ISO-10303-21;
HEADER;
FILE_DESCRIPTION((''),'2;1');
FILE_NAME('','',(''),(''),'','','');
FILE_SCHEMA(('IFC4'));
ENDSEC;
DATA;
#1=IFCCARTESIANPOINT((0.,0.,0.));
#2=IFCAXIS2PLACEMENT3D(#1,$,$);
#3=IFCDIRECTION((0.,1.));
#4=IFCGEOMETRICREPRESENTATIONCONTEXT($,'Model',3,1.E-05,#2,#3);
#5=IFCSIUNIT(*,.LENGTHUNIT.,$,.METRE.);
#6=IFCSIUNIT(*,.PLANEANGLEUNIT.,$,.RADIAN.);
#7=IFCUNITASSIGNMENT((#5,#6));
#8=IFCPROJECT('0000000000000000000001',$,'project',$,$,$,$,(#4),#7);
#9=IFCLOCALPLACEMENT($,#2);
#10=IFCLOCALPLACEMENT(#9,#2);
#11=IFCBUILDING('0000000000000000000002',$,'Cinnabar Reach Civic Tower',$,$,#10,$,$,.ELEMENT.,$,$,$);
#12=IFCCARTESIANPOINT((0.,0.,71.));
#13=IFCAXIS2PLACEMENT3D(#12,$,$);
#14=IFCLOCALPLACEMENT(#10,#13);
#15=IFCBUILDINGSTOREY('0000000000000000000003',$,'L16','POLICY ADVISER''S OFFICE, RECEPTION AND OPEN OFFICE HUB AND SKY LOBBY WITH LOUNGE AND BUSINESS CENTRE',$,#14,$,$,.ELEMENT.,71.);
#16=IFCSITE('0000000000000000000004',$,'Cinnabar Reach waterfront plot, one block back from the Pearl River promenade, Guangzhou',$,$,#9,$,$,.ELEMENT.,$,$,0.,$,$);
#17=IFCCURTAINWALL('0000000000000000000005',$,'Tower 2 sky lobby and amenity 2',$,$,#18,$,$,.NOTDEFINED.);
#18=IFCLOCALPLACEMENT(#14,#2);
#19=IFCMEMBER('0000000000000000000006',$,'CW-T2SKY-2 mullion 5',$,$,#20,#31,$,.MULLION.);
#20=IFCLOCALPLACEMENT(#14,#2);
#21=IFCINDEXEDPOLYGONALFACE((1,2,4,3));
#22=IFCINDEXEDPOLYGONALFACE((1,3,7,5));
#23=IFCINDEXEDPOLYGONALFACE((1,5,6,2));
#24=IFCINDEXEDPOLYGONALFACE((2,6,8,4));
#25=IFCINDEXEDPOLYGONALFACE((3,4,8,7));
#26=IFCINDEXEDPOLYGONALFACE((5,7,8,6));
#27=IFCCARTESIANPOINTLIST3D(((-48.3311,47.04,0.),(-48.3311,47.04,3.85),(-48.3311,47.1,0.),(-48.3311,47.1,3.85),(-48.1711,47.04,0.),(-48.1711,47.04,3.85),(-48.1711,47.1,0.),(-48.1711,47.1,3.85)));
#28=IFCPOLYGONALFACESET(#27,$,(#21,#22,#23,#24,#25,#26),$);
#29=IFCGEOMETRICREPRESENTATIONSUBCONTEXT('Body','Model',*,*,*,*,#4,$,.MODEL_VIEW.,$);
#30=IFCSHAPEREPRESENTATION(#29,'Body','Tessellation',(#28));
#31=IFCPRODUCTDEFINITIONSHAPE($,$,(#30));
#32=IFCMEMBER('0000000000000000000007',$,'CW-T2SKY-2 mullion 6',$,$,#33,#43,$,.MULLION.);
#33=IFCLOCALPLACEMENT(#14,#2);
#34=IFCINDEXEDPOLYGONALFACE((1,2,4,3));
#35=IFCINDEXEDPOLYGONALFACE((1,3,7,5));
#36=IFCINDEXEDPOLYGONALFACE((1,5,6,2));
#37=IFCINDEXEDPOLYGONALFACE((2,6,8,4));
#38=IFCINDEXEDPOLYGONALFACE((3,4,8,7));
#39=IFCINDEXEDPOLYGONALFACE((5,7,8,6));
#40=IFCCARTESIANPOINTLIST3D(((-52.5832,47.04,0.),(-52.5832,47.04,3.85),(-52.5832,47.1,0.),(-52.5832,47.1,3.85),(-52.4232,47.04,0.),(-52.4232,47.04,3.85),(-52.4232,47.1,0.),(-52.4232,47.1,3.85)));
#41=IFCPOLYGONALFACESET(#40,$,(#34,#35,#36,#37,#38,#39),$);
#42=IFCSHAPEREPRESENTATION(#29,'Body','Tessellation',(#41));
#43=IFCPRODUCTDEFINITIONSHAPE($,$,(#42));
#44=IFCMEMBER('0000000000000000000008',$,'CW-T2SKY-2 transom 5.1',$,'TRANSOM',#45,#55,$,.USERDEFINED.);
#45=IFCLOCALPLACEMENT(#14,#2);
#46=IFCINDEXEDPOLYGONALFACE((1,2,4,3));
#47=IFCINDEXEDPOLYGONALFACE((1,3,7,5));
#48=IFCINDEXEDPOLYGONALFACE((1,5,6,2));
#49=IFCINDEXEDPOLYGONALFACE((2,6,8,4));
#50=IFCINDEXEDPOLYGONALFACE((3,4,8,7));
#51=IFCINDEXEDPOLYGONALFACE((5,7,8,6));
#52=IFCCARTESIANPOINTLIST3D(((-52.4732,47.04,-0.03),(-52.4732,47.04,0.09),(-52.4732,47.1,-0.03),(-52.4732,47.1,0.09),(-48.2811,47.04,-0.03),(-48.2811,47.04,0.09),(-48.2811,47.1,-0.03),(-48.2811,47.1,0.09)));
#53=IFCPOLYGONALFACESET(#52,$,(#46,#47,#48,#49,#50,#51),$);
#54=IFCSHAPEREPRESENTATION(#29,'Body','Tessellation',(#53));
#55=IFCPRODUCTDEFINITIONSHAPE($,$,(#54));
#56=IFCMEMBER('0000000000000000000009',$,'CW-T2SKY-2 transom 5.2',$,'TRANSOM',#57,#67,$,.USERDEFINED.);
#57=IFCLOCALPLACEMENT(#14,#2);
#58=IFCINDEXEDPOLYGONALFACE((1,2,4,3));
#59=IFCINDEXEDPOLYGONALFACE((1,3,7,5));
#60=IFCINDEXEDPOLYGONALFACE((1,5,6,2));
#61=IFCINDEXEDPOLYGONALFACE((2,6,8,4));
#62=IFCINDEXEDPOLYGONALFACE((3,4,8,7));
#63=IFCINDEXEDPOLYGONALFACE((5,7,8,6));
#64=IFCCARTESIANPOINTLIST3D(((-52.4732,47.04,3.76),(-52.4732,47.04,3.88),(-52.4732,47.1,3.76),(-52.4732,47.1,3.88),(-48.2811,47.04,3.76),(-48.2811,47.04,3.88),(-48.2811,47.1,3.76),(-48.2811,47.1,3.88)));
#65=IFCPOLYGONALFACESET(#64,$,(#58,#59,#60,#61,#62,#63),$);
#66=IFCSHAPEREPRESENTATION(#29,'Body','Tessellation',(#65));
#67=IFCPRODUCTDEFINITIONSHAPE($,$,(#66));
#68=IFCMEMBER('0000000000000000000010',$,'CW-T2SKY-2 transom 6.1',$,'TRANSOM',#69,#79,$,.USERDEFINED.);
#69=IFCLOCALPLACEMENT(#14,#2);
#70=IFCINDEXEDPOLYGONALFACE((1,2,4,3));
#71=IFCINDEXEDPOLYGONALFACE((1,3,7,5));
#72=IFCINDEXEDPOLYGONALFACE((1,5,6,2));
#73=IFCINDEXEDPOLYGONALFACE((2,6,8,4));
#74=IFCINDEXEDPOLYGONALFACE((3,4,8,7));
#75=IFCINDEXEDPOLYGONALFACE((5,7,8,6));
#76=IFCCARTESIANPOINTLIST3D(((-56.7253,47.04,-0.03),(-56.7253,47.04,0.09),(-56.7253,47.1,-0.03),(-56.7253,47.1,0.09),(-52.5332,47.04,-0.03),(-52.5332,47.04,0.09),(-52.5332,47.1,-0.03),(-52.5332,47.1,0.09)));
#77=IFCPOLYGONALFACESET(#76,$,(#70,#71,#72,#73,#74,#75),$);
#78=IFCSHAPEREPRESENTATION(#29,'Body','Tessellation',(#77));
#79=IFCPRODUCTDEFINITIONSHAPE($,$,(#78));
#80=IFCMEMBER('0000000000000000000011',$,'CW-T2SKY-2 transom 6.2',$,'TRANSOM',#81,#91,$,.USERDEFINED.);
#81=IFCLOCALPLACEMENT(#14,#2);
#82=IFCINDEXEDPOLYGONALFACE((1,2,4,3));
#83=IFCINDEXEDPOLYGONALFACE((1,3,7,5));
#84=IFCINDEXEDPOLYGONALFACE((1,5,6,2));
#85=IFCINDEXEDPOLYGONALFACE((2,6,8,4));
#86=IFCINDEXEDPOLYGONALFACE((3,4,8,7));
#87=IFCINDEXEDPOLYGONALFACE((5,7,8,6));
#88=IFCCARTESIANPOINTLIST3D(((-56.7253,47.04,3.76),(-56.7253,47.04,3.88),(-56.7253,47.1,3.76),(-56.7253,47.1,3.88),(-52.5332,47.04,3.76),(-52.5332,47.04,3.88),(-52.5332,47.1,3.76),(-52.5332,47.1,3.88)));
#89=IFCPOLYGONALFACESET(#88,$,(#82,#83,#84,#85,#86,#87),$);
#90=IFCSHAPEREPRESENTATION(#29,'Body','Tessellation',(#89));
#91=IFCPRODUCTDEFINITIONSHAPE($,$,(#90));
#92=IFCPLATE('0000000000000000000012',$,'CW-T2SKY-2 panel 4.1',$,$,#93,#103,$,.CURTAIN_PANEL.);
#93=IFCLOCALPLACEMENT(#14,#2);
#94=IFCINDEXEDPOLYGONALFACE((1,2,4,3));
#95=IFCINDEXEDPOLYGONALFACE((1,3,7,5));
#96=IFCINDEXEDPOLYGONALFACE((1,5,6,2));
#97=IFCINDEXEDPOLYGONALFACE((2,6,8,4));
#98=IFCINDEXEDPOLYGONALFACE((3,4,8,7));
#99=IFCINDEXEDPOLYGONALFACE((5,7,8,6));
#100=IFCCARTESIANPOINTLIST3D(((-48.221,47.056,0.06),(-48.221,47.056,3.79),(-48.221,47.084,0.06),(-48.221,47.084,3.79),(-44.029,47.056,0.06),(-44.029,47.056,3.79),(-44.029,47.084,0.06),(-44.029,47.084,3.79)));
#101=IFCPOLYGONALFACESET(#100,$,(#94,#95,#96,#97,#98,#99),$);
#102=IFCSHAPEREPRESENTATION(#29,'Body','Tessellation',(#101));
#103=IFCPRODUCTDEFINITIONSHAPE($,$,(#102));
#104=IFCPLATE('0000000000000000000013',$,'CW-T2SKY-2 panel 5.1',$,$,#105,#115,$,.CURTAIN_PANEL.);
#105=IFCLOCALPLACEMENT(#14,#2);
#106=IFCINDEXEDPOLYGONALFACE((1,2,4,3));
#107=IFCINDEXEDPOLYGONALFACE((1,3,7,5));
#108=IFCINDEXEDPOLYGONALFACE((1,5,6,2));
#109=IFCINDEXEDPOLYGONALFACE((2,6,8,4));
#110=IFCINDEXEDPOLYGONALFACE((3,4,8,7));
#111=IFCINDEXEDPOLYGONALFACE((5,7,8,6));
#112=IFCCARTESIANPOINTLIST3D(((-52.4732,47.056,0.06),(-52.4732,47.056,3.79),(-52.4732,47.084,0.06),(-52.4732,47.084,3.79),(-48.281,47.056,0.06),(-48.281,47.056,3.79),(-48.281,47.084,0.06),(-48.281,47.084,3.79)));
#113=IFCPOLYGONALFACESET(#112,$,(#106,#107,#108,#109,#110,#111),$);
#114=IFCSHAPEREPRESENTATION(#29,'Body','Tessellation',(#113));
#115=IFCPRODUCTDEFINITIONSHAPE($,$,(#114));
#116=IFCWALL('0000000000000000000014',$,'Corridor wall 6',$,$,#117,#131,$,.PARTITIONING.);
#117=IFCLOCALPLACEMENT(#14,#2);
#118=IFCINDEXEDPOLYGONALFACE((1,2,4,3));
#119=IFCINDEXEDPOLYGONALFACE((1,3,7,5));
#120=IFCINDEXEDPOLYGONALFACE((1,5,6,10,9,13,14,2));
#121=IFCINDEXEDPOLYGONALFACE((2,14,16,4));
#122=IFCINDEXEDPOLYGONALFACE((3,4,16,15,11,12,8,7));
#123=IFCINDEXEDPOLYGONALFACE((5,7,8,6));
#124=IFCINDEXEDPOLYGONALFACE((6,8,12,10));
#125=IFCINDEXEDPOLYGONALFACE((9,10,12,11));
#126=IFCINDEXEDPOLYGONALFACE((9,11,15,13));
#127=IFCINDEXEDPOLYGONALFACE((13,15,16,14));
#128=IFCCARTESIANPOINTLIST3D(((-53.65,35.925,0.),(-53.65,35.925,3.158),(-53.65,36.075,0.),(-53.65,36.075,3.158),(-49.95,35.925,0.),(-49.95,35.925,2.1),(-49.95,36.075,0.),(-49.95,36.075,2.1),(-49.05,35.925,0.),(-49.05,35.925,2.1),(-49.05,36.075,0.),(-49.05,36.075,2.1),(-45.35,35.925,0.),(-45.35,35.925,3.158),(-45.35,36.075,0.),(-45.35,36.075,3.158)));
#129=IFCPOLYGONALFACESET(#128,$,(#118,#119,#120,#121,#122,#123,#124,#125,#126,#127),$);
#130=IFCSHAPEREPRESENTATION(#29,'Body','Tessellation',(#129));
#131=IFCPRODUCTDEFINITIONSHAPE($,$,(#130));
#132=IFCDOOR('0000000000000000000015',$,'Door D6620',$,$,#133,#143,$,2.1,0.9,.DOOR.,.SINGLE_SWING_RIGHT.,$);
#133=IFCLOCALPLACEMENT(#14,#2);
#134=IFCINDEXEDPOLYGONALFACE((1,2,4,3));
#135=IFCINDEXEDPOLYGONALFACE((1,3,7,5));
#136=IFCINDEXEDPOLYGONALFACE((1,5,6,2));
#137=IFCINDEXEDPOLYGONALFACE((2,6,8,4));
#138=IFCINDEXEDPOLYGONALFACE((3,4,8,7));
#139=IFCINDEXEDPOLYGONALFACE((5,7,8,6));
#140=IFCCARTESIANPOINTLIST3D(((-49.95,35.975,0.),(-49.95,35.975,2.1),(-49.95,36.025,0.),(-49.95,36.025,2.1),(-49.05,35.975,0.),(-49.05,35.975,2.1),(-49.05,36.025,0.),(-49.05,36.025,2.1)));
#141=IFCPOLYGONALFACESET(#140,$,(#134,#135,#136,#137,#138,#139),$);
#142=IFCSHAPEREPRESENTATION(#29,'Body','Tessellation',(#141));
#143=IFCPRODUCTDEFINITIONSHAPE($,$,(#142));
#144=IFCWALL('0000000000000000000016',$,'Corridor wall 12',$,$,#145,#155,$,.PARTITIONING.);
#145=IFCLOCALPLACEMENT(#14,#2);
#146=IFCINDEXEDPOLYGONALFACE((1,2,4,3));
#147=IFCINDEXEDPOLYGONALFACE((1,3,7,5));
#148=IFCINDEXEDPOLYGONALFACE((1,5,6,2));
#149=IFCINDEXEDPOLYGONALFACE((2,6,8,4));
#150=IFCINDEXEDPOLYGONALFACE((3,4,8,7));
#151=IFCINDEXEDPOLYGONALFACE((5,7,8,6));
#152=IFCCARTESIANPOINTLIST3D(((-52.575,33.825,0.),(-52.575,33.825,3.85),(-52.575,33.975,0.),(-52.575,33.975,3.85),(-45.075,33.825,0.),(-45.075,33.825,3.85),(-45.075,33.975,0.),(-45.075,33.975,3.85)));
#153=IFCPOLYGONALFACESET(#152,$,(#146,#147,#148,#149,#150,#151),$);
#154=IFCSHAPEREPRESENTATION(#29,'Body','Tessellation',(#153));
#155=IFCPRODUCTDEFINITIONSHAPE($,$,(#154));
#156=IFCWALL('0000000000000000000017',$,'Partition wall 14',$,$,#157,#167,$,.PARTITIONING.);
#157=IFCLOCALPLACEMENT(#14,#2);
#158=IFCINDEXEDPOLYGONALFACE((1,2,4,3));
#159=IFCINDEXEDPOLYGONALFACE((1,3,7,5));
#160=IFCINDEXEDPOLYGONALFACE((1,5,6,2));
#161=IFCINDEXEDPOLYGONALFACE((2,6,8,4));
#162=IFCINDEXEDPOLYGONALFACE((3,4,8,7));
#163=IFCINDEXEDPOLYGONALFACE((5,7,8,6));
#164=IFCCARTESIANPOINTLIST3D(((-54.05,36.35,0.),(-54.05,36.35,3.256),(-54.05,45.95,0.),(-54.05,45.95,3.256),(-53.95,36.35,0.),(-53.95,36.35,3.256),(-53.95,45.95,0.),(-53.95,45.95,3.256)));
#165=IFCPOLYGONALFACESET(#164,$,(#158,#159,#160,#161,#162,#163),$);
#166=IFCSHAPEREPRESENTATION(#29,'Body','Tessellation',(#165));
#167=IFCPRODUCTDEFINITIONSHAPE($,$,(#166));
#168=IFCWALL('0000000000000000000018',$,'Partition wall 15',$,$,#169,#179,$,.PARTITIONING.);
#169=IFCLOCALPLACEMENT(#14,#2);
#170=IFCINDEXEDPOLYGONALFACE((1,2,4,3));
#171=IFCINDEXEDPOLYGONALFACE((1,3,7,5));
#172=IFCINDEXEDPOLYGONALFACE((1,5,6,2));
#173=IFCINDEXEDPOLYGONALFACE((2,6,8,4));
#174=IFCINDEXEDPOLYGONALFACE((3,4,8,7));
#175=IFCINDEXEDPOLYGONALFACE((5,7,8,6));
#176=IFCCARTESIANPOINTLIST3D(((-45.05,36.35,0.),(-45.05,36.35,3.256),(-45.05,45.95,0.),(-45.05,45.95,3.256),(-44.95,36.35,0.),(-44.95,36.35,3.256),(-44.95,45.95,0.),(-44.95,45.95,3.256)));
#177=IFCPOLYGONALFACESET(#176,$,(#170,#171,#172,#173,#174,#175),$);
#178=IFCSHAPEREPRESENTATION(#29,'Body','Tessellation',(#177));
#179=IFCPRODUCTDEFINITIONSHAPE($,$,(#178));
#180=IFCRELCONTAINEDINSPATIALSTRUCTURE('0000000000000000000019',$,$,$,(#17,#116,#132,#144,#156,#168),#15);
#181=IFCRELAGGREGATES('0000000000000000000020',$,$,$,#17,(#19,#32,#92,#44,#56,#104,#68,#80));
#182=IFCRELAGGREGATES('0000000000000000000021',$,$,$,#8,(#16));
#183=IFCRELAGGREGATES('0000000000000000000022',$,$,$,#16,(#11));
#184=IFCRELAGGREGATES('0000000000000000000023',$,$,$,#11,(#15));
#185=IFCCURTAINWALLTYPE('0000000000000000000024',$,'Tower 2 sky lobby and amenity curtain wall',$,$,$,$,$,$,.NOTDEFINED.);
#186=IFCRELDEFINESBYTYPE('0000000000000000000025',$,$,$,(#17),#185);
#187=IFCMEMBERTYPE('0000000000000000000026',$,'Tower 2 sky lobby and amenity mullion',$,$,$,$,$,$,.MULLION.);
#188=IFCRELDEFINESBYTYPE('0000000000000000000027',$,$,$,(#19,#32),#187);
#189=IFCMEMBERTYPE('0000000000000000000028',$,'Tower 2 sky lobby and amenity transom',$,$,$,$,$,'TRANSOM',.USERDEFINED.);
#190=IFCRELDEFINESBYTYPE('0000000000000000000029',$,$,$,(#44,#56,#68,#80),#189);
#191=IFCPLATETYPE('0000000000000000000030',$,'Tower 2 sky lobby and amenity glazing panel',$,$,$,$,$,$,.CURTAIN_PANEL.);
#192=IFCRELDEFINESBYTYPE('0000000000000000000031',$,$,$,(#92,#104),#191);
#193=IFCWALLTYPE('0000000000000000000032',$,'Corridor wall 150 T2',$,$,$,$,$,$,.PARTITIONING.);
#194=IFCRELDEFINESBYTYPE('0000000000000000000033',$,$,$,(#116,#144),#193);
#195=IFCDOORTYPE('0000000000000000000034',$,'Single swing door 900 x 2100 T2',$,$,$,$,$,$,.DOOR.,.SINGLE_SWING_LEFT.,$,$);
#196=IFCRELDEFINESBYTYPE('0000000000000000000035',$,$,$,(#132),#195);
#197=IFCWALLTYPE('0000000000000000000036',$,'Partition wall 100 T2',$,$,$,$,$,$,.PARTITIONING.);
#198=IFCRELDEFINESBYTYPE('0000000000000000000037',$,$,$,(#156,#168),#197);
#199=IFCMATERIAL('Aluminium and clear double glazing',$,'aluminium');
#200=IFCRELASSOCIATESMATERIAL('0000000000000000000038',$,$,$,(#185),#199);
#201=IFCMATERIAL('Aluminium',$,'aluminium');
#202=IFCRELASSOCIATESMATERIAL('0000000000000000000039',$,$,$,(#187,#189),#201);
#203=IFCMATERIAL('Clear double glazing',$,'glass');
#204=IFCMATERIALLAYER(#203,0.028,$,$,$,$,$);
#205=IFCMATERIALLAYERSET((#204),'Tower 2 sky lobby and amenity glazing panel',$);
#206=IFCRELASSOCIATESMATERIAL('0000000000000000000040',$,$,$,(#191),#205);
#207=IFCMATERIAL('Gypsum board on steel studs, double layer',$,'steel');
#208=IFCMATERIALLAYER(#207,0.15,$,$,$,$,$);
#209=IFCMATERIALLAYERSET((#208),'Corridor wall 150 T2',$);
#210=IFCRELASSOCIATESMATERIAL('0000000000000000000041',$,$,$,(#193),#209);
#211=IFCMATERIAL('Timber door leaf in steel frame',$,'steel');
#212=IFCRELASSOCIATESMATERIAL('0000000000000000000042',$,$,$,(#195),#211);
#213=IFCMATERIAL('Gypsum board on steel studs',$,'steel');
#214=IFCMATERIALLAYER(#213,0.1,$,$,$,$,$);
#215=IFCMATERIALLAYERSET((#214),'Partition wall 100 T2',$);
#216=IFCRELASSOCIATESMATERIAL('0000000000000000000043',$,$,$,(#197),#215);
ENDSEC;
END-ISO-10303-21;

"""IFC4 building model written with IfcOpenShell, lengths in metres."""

from ifc_helpers import new_model, si_unit, direction, frame, frame_2d, origin, origin_2d, place, context, subcontext, project, spatial, rectangle, extrude, material, layer, layer_set, material_profile, profile_set, type_object, element, fill, aggregate, save


model = new_model("IFC4")

# Units and contexts
model_context = context("Model", 3, precision=1e-05, world=origin(), true_north=direction((0.0, 1.0)))
body_context = subcontext(model_context, "Body", "Model", "MODEL_VIEW")
ifc_project = project(units=[si_unit("LENGTHUNIT", "METRE"), si_unit("PLANEANGLEUNIT", "RADIAN")], contexts=[model_context])

# Site, building, storey
site_placement = place(None, origin())
site = spatial("IfcSite", under=ifc_project, at=site_placement, Name="Cinnabar Reach waterfront plot, one block back from the Pearl River promenade, Guangzhou", CompositionType="ELEMENT", RefElevation=0.0)
building_placement = place(site_placement, origin())
building = spatial("IfcBuilding", under=site, at=building_placement, Name="Cinnabar Reach Civic Tower", CompositionType="ELEMENT")
storey_placement = place(building_placement, frame((0.0, 0.0, 71.0)))
storey = spatial("IfcBuildingStorey", under=building, at=storey_placement, Name="L16", Description="POLICY ADVISER'S OFFICE, RECEPTION AND OPEN OFFICE HUB AND SKY LOBBY WITH LOUNGE AND BUSINESS CENTRE", CompositionType="ELEMENT", Elevation=71.0)

# Curtain wall, members, plates
ifc_material_1 = material(Name="Aluminium and clear double glazing", Category="aluminium")
curtain_wall_type = type_object("IfcCurtainWallType", Name="Tower 2 sky lobby and amenity curtain wall", PredefinedType="NOTDEFINED", material=ifc_material_1)
curtain_wall_placement = place(storey_placement, origin())
curtain_wall = element("IfcCurtainWall", 1, at=curtain_wall_placement, inside=storey, type_object=curtain_wall_type, Name="Tower 2 sky lobby and amenity 2", PredefinedType="NOTDEFINED")
ifc_material_2 = material(Name="Aluminium", Category="aluminium")
ifc_material_profile_1 = material_profile(ifc_material_2, rectangle(XDim=0.06, YDim=0.16, at=origin_2d()), Name="Tower 2 sky lobby and amenity mullion")
ifc_profile_set_1 = profile_set([ifc_material_profile_1], Name="Aluminium")
member_type_1 = type_object("IfcMemberType", Name="Tower 2 sky lobby and amenity mullion", PredefinedType="MULLION", material=ifc_profile_set_1)
member_1_placement = place(storey_placement, frame((-48.2511, 47.07, 0.0), z_axis=(0.0, 0.0, 1.0), x_axis=(0.0, -1.0, 0.0)))
member_1 = element("IfcMember", 2, at=member_1_placement, type_object=member_type_1, Name="CW-T2SKY-2 mullion 5", PredefinedType="MULLION", context=body_context, shape_type="SweptSolid", body=[
    extrude(rectangle(XDim=0.06, YDim=0.16, at=origin_2d()), origin(), (0.0, 0.0, 1.0), 3.85),
])
member_2_placement = place(storey_placement, frame((-52.5032, 47.07, 0.0), z_axis=(0.0, 0.0, 1.0), x_axis=(0.0, -1.0, 0.0)))
member_2 = element("IfcMember", 3, at=member_2_placement, type_object=member_type_1, Name="CW-T2SKY-2 mullion 6", PredefinedType="MULLION", context=body_context, shape_type="SweptSolid", body=[
    extrude(rectangle(XDim=0.06, YDim=0.16, at=origin_2d()), origin(), (0.0, 0.0, 1.0), 3.85),
])
ifc_material_profile_2 = material_profile(ifc_material_2, rectangle(XDim=0.06, YDim=0.12, at=origin_2d()), Name="Tower 2 sky lobby and amenity transom")
ifc_profile_set_2 = profile_set([ifc_material_profile_2], Name="Aluminium")
member_type_2 = type_object("IfcMemberType", Name="Tower 2 sky lobby and amenity transom", ElementType="TRANSOM", PredefinedType="USERDEFINED", material=ifc_profile_set_2)
member_3_placement = place(storey_placement, frame((-48.2811, 47.07, 0.03), z_axis=(-1.0, 0.0, 0.0), x_axis=(0.0, -1.0, 0.0)))
member_3 = element("IfcMember", 4, at=member_3_placement, type_object=member_type_2, Name="CW-T2SKY-2 transom 5.1", ObjectType="TRANSOM", PredefinedType="USERDEFINED", context=body_context, shape_type="SweptSolid", body=[
    extrude(rectangle(XDim=0.06, YDim=0.12, at=origin_2d()), origin(), (0.0, 0.0, 1.0), 4.1921),
])
member_4_placement = place(storey_placement, frame((-48.2811, 47.07, 3.82), z_axis=(-1.0, 0.0, 0.0), x_axis=(0.0, -1.0, 0.0)))
member_4 = element("IfcMember", 5, at=member_4_placement, type_object=member_type_2, Name="CW-T2SKY-2 transom 5.2", ObjectType="TRANSOM", PredefinedType="USERDEFINED", context=body_context, shape_type="SweptSolid", body=[
    extrude(rectangle(XDim=0.06, YDim=0.12, at=origin_2d()), origin(), (0.0, 0.0, 1.0), 4.1921),
])
member_5_placement = place(storey_placement, frame((-52.5332, 47.07, 0.03), z_axis=(-1.0, 0.0, 0.0), x_axis=(0.0, -1.0, 0.0)))
member_5 = element("IfcMember", 6, at=member_5_placement, type_object=member_type_2, Name="CW-T2SKY-2 transom 6.1", ObjectType="TRANSOM", PredefinedType="USERDEFINED", context=body_context, shape_type="SweptSolid", body=[
    extrude(rectangle(XDim=0.06, YDim=0.12, at=origin_2d()), origin(), (0.0, 0.0, 1.0), 4.1921),
])
member_6_placement = place(storey_placement, frame((-52.5332, 47.07, 3.82), z_axis=(-1.0, 0.0, 0.0), x_axis=(0.0, -1.0, 0.0)))
member_6 = element("IfcMember", 7, at=member_6_placement, type_object=member_type_2, Name="CW-T2SKY-2 transom 6.2", ObjectType="TRANSOM", PredefinedType="USERDEFINED", context=body_context, shape_type="SweptSolid", body=[
    extrude(rectangle(XDim=0.06, YDim=0.12, at=origin_2d()), origin(), (0.0, 0.0, 1.0), 4.1921),
])
ifc_material_3 = material(Name="Clear double glazing", Category="glass")
ifc_layer_1 = layer(ifc_material_3, 0.028)
ifc_layer_set_1 = layer_set([ifc_layer_1], Name="Tower 2 sky lobby and amenity glazing panel")
plate_type = type_object("IfcPlateType", Name="Tower 2 sky lobby and amenity glazing panel", PredefinedType="CURTAIN_PANEL", material=ifc_layer_set_1)
plate_1_placement = place(storey_placement, frame((-46.125, 47.07, 0.06), z_axis=(0.0, 0.0, 1.0), x_axis=(-1.0, 0.0, 0.0)))
plate_1 = element("IfcPlate", 8, at=plate_1_placement, type_object=plate_type, Name="CW-T2SKY-2 panel 4.1", PredefinedType="CURTAIN_PANEL", context=body_context, shape_type="SweptSolid", body=[
    extrude(rectangle(XDim=4.1921, YDim=0.028, at=origin_2d()), origin(), (0.0, 0.0, 1.0), 3.73),
])
plate_2_placement = place(storey_placement, frame((-50.3771, 47.07, 0.06), z_axis=(0.0, 0.0, 1.0), x_axis=(-1.0, 0.0, 0.0)))
plate_2 = element("IfcPlate", 9, at=plate_2_placement, type_object=plate_type, Name="CW-T2SKY-2 panel 5.1", PredefinedType="CURTAIN_PANEL", context=body_context, shape_type="SweptSolid", body=[
    extrude(rectangle(XDim=4.1921, YDim=0.028, at=origin_2d()), origin(), (0.0, 0.0, 1.0), 3.73),
])
aggregate(curtain_wall, [member_1, member_2, plate_1, member_3, member_4, plate_2, member_5, member_6])

# Wall, opening, door
ifc_material_4 = material(Name="Gypsum board on steel studs, double layer", Category="steel")
ifc_layer_2 = layer(ifc_material_4, 0.15)
ifc_layer_set_2 = layer_set([ifc_layer_2], Name="Corridor wall 150 T2")
wall_type_1 = type_object("IfcWallType", Name="Corridor wall 150 T2", PredefinedType="PARTITIONING", material=ifc_layer_set_2)
wall_1_placement = place(storey_placement, frame((-53.65, 36.0, 0.0), z_axis=(0.0, 0.0, 1.0), x_axis=(1.0, 0.0, 0.0)))
wall_1 = element("IfcWall", 10, at=wall_1_placement, inside=storey, type_object=wall_type_1, Name="Corridor wall 6", PredefinedType="PARTITIONING", context=body_context, shape_type="SweptSolid", body=[
    extrude(rectangle(XDim=8.3, YDim=0.15, at=frame_2d((4.15, 0.0))), origin(), (0.0, 0.0, 1.0), 3.158),
])
opening_1_placement = place(wall_1_placement, frame((3.7, 0.0, 0.0)))
opening_1 = element("IfcOpeningElement", 11, at=opening_1_placement, cuts=wall_1, PredefinedType="OPENING", context=body_context, shape_type="SweptSolid", body=[
    extrude(rectangle(XDim=0.9, YDim=2.1, at=frame_2d((0.45, 1.05))), frame((0.0, 0.085, 0.0), z_axis=(0.0, -1.0, 0.0), x_axis=(1.0, 0.0, 0.0)), (0.0, 0.0, 1.0), 0.17),
])
ifc_material_5 = material(Name="Timber door leaf in steel frame", Category="steel")
door_type_1 = type_object("IfcDoorType", Name="Single swing door 900 x 2100 T2", OperationType="SINGLE_SWING_LEFT", PredefinedType="DOOR", material=ifc_material_5)
door_1_placement = place(opening_1_placement, origin())
door_1 = element("IfcDoor", 12, at=door_1_placement, inside=storey, type_object=door_type_1, Name="Door D6620", OperationType="SINGLE_SWING_RIGHT", OverallHeight=2.1, OverallWidth=0.9, PredefinedType="DOOR", context=body_context, shape_type="SweptSolid", body=[
    extrude(rectangle(XDim=0.9, YDim=2.1, at=frame_2d((0.45, 1.05))), frame((0.0, 0.025, 0.0), z_axis=(0.0, -1.0, 0.0), x_axis=(1.0, 0.0, 0.0)), (0.0, 0.0, 1.0), 0.05),
])
fill(opening_1, door_1)

# Walls
wall_2_placement = place(storey_placement, frame((-52.575, 33.9, 0.0), z_axis=(0.0, 0.0, 1.0), x_axis=(1.0, 0.0, 0.0)))
element("IfcWall", 13, at=wall_2_placement, inside=storey, type_object=wall_type_1, Name="Corridor wall 12", PredefinedType="PARTITIONING", context=body_context, shape_type="SweptSolid", body=[
    extrude(rectangle(XDim=7.5, YDim=0.15, at=frame_2d((3.75, 0.0))), origin(), (0.0, 0.0, 1.0), 3.85),
])
ifc_material_6 = material(Name="Gypsum board on steel studs", Category="steel")
ifc_layer_3 = layer(ifc_material_6, 0.1)
ifc_layer_set_3 = layer_set([ifc_layer_3], Name="Partition wall 100 T2")
wall_type_2 = type_object("IfcWallType", Name="Partition wall 100 T2", PredefinedType="PARTITIONING", material=ifc_layer_set_3)
for number, where, z_axis, x_axis, name in (
    (14, (-54.0, 36.35, 0.0), (0.0, 0.0, 1.0), (0.0, 1.0, 0.0), "Partition wall 14"),
    (15, (-45.0, 36.35, 0.0), (0.0, 0.0, 1.0), (0.0, 1.0, 0.0), "Partition wall 15"),
):
    element("IfcWall", number, at=place(storey_placement, frame(where, z_axis=z_axis, x_axis=x_axis)), inside=storey, type_object=wall_type_2, Name=name, PredefinedType="PARTITIONING", context=body_context, shape_type="SweptSolid", body=[
        extrude(rectangle(XDim=9.6, YDim=0.1, at=frame_2d((4.8, 0.0))), origin(), (0.0, 0.0, 1.0), 3.256),
    ])

save(model, "model.ifc")
